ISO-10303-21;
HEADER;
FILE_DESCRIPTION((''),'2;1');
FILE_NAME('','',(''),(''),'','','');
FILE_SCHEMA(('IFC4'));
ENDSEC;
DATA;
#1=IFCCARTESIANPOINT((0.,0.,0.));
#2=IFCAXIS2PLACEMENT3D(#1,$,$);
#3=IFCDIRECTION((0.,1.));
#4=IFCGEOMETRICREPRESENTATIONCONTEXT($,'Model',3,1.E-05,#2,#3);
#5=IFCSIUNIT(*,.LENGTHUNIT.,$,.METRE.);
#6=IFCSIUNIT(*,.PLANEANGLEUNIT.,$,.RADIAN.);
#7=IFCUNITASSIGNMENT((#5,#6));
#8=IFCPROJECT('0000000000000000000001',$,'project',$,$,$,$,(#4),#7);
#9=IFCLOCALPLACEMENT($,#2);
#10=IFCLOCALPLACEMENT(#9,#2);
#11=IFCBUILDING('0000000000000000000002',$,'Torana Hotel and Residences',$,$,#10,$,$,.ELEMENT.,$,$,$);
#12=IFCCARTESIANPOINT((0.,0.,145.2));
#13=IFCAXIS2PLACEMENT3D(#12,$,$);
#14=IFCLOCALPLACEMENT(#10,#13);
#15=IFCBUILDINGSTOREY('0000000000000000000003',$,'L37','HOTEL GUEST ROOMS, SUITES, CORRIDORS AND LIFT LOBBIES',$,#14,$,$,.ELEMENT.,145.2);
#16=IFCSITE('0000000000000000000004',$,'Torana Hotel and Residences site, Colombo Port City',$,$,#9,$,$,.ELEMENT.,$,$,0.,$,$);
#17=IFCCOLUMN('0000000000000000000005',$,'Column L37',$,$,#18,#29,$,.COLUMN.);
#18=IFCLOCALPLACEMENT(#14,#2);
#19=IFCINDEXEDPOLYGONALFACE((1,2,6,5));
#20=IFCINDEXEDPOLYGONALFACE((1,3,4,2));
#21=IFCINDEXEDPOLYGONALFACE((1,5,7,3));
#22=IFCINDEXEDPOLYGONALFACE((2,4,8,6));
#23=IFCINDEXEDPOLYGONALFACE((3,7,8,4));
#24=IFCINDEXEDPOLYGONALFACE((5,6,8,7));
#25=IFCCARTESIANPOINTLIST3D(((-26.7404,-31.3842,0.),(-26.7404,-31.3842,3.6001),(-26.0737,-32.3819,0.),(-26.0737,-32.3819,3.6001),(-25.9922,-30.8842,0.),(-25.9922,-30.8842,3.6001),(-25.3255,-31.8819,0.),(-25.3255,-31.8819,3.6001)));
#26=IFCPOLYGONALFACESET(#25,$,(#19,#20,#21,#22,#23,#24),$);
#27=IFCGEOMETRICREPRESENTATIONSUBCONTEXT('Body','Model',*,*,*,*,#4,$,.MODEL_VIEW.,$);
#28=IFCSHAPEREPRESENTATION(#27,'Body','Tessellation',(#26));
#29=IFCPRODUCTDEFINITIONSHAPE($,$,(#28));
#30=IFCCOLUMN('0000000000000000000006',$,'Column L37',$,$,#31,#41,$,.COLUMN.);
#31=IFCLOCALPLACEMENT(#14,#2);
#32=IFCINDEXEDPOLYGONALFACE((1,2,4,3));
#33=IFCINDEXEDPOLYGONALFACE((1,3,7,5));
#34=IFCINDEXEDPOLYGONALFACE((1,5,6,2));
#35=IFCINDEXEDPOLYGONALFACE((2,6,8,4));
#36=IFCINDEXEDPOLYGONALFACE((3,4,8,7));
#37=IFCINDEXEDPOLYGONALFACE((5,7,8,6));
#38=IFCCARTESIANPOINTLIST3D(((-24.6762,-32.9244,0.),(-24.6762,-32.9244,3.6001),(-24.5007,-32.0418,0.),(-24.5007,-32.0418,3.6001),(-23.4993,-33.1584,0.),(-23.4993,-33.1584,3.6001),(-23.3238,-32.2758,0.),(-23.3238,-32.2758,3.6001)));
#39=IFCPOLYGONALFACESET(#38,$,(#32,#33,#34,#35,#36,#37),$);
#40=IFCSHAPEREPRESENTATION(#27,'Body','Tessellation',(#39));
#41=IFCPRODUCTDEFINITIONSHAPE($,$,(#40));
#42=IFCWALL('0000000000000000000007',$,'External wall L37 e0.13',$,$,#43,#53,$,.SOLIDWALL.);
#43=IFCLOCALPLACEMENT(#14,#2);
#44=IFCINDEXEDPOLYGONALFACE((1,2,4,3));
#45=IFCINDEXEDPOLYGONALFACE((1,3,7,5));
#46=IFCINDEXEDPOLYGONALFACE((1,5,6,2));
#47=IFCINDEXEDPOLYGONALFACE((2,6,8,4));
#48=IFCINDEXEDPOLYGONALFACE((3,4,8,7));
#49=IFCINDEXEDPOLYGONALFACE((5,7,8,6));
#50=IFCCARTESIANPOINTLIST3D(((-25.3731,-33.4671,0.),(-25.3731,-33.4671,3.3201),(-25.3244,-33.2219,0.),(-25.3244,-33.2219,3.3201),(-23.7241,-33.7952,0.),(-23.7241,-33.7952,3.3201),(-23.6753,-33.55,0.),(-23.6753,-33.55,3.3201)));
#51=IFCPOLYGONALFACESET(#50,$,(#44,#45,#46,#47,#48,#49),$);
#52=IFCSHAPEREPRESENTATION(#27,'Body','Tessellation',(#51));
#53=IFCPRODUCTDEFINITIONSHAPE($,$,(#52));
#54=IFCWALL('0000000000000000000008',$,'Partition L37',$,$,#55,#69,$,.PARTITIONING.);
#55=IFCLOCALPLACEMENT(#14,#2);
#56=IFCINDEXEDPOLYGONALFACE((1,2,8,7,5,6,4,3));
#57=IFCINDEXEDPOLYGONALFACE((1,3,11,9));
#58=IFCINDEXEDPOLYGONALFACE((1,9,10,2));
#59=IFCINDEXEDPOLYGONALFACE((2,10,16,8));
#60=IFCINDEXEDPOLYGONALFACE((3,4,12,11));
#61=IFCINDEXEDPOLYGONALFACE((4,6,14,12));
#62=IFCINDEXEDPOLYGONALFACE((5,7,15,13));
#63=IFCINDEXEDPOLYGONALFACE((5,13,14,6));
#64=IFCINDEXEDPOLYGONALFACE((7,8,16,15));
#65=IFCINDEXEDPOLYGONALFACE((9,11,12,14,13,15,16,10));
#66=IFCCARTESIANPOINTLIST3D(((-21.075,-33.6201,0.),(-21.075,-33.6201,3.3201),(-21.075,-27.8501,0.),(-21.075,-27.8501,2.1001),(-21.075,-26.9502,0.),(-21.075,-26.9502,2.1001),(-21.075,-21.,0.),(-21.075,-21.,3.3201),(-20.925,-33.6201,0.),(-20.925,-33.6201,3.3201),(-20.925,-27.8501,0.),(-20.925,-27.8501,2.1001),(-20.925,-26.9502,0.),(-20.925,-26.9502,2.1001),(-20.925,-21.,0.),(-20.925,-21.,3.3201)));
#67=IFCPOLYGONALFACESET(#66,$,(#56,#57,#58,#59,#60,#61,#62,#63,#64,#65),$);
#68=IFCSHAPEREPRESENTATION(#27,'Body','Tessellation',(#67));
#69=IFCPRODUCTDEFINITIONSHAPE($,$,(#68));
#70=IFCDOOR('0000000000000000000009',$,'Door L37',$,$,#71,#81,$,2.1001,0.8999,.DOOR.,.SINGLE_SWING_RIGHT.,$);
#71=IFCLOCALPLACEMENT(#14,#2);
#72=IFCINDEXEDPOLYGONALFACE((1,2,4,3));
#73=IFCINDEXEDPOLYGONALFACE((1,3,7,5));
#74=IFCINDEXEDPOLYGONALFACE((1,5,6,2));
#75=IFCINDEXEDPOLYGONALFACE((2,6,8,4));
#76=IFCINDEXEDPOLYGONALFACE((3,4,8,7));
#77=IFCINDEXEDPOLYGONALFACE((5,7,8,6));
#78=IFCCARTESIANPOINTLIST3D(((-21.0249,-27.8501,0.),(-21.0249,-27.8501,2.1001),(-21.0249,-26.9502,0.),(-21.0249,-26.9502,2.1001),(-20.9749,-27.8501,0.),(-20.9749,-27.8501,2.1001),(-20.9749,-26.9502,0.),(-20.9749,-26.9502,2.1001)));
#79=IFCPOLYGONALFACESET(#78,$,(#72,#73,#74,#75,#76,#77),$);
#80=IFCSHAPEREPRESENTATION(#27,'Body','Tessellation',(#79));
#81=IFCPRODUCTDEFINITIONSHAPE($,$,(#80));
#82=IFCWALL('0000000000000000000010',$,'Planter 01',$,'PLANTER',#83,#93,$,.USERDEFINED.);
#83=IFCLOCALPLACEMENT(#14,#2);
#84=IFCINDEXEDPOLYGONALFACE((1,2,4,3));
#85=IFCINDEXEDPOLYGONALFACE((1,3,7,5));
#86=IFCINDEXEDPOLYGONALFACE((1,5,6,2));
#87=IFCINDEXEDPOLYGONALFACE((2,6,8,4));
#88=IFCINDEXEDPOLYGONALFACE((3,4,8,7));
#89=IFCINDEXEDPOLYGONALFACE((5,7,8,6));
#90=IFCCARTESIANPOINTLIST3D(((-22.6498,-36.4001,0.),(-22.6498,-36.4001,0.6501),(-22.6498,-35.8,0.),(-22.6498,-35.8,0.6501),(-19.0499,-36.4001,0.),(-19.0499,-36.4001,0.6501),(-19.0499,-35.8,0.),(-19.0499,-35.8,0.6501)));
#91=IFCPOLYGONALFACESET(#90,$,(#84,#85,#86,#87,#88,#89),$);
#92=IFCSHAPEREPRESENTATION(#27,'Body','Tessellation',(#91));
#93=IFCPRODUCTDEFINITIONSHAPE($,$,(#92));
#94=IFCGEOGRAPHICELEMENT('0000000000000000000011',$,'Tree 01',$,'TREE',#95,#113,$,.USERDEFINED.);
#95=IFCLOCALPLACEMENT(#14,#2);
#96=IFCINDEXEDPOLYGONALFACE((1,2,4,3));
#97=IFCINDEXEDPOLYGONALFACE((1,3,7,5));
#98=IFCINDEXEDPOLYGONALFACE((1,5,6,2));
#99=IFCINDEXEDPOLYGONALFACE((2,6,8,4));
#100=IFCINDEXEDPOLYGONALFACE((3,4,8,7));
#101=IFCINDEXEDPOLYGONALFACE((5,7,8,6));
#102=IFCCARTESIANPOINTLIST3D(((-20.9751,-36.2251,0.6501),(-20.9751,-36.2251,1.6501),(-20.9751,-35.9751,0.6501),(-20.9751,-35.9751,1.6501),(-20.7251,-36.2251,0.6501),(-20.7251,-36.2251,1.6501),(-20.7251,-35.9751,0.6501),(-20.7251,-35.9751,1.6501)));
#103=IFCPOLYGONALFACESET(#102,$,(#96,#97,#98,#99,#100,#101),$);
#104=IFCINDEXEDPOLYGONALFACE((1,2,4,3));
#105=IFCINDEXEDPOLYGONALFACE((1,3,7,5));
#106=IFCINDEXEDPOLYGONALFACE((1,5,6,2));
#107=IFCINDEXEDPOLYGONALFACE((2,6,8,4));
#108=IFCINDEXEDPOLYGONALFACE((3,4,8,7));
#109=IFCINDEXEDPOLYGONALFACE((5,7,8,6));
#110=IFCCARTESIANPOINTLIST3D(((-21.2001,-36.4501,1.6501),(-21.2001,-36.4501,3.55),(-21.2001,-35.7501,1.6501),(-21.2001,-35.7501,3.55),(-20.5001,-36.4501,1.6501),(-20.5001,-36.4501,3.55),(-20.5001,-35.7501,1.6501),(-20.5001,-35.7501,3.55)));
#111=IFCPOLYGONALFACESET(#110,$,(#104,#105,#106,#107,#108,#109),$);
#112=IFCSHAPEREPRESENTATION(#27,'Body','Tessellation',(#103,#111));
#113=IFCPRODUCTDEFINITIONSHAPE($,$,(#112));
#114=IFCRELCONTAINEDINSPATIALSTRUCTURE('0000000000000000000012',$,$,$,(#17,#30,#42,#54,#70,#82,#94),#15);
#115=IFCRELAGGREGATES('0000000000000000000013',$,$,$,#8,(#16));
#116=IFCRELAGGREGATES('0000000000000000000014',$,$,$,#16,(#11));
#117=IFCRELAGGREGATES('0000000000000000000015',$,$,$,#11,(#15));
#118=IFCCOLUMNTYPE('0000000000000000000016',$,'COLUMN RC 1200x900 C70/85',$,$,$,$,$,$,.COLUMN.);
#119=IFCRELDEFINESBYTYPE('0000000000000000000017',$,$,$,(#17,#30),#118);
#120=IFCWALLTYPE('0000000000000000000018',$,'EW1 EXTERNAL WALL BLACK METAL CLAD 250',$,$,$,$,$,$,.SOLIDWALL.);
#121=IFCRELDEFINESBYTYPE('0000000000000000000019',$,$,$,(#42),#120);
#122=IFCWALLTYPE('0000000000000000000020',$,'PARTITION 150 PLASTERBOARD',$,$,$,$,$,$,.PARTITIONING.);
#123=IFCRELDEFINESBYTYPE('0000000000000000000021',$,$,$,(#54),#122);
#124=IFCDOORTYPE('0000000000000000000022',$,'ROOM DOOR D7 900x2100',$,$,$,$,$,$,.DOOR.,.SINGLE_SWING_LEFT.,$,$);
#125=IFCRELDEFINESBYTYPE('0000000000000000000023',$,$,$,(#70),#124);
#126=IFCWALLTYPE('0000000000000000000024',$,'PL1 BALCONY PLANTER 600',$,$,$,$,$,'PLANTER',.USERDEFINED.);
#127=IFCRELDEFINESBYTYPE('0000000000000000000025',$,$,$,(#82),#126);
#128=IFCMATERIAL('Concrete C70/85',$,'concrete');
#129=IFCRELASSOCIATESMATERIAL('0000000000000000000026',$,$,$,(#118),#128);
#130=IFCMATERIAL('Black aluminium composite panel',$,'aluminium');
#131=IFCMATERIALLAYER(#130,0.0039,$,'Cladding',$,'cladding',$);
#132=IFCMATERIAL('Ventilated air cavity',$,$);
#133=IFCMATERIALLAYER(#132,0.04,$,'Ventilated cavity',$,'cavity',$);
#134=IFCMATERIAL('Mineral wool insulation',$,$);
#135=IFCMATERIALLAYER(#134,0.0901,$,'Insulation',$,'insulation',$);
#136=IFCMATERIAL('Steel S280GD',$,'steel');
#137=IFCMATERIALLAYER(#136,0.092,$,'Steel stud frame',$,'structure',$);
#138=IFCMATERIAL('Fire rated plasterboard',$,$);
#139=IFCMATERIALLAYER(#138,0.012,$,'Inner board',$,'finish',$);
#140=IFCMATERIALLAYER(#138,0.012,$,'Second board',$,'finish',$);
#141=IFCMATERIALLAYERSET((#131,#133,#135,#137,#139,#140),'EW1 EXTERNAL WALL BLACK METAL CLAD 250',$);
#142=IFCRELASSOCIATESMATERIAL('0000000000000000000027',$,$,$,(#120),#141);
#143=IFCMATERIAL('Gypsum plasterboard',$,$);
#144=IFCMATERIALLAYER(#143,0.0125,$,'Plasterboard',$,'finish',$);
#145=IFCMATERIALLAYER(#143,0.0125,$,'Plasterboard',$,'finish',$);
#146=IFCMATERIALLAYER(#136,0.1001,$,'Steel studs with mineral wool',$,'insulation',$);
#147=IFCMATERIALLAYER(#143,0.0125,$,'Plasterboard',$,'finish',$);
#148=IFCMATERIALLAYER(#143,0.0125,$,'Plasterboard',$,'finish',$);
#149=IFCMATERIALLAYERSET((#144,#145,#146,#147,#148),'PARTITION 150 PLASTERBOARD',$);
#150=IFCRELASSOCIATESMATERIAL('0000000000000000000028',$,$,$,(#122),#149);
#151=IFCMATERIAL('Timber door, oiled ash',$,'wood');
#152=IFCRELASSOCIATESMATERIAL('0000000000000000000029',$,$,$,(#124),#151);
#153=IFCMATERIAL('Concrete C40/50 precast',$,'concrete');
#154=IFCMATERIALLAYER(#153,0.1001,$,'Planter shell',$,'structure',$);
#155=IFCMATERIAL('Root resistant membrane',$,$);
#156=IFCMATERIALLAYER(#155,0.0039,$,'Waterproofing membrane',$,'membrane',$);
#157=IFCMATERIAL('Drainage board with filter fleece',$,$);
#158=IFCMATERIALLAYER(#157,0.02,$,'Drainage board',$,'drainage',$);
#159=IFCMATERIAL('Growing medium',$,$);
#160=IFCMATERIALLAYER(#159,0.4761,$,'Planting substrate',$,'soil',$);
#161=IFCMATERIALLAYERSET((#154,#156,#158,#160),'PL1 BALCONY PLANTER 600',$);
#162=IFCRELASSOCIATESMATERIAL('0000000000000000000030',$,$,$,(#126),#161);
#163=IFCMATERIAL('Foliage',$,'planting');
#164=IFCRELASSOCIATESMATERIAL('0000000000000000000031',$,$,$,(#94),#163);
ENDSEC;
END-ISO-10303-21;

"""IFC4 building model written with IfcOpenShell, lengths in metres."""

from ifc_helpers import new_model, si_unit, direction, frame, frame_2d, origin, origin_2d, place, context, subcontext, project, spatial, rectangle, extrude, material, layer, layer_set, material_profile, profile_set, type_object, element, fill, save


model = new_model("IFC4")

# Units and contexts
model_context = context("Model", 3, precision=1e-05, world=origin(), true_north=direction((0.0, 1.0)))
body_context = subcontext(model_context, "Body", "Model", "MODEL_VIEW")
ifc_project = project(units=[si_unit("LENGTHUNIT", "METRE"), si_unit("PLANEANGLEUNIT", "RADIAN")], contexts=[model_context])

# Site, building, storey
site_placement = place(None, origin())
site = spatial("IfcSite", under=ifc_project, at=site_placement, Name="Torana Hotel and Residences site, Colombo Port City", CompositionType="ELEMENT", RefElevation=0.0)
building_placement = place(site_placement, origin())
building = spatial("IfcBuilding", under=site, at=building_placement, Name="Torana Hotel and Residences", CompositionType="ELEMENT")
storey_placement = place(building_placement, frame((0.0, 0.0, 145.2)))
storey = spatial("IfcBuildingStorey", under=building, at=storey_placement, Name="L37", Description="HOTEL GUEST ROOMS, SUITES, CORRIDORS AND LIFT LOBBIES", CompositionType="ELEMENT", Elevation=145.2)

# Columns
ifc_material_1 = material(Name="Concrete C70/85", Category="concrete")
ifc_material_profile = material_profile(ifc_material_1, rectangle(XDim=1.2, YDim=0.8999, at=origin_2d()), Name="RC 1200x900")
ifc_profile_set = profile_set([ifc_material_profile], Name="Concrete C70/85")
column_type = type_object("IfcColumnType", Name="COLUMN RC 1200x900 C70/85", PredefinedType="COLUMN", material=ifc_profile_set)
for number, where, z_axis, x_axis, name in (
    (1, (-26.033, -31.6331, 0.0), (0.0, 0.0, 1.0), (-0.555585, 0.83146, 0.0), "Column L37"),
    (2, (-24.0, -32.6001, 0.0), (0.0, 0.0, 1.0), (-0.980792, 0.195056, 0.0), "Column L37"),
):
    element("IfcColumn", number, at=place(storey_placement, frame(where, z_axis=z_axis, x_axis=x_axis)), inside=storey, type_object=column_type, Name=name, PredefinedType="COLUMN", context=body_context, shape_type="SweptSolid", body=[
        extrude(rectangle(XDim=1.2, YDim=0.8999, at=origin_2d()), origin(), (0.0, 0.0, 1.0), 3.6001),
    ])

# Wall
ifc_material_2 = material(Name="Black aluminium composite panel", Category="aluminium")
ifc_layer_1 = layer(ifc_material_2, 0.0039, Name="Cladding", Category="cladding")
ifc_material_3 = material(Name="Ventilated air cavity")
ifc_layer_2 = layer(ifc_material_3, 0.04, Name="Ventilated cavity", Category="cavity")
ifc_material_4 = material(Name="Mineral wool insulation")
ifc_layer_3 = layer(ifc_material_4, 0.0901, Name="Insulation", Category="insulation")
ifc_material_5 = material(Name="Steel S280GD", Category="steel")
ifc_layer_4 = layer(ifc_material_5, 0.092, Name="Steel stud frame", Category="structure")
ifc_material_6 = material(Name="Fire rated plasterboard")
ifc_layer_5 = layer(ifc_material_6, 0.012, Name="Inner board", Category="finish")
ifc_layer_6 = layer(ifc_material_6, 0.012, Name="Second board", Category="finish")
ifc_layer_set_1 = layer_set([ifc_layer_1, ifc_layer_2, ifc_layer_3, ifc_layer_4, ifc_layer_5, ifc_layer_6], Name="EW1 EXTERNAL WALL BLACK METAL CLAD 250")
wall_type_1 = type_object("IfcWallType", Name="EW1 EXTERNAL WALL BLACK METAL CLAD 250", PredefinedType="SOLIDWALL", material=ifc_layer_set_1)
wall_1_placement = place(storey_placement, frame((-25.3489, -33.3445, 0.0), z_axis=(0.0, 0.0, 1.0), x_axis=(0.980776, -0.195139, 0.0)))
element("IfcWall", 3, at=wall_1_placement, inside=storey, type_object=wall_type_1, Name="External wall L37 e0.13", PredefinedType="SOLIDWALL", context=body_context, shape_type="SweptSolid", body=[
    extrude(rectangle(XDim=1.6814, YDim=0.25, at=frame_2d((0.8408, 0.0))), origin(), (0.0, 0.0, 1.0), 3.3201),
])

# Wall, opening, door
ifc_material_7 = material(Name="Gypsum plasterboard")
ifc_layer_7 = layer(ifc_material_7, 0.0125, Name="Plasterboard", Category="finish")
ifc_layer_8 = layer(ifc_material_7, 0.0125, Name="Plasterboard", Category="finish")
ifc_layer_9 = layer(ifc_material_5, 0.1001, Name="Steel studs with mineral wool", Category="insulation")
ifc_layer_10 = layer(ifc_material_7, 0.0125, Name="Plasterboard", Category="finish")
ifc_layer_11 = layer(ifc_material_7, 0.0125, Name="Plasterboard", Category="finish")
ifc_layer_set_2 = layer_set([ifc_layer_7, ifc_layer_8, ifc_layer_9, ifc_layer_10, ifc_layer_11], Name="PARTITION 150 PLASTERBOARD")
wall_type_2 = type_object("IfcWallType", Name="PARTITION 150 PLASTERBOARD", PredefinedType="PARTITIONING", material=ifc_layer_set_2)
wall_2_placement = place(storey_placement, frame((-21.0, -33.6201, 0.0), z_axis=(0.0, 0.0, 1.0), x_axis=(0.0, 1.0, 0.0)))
wall_2 = element("IfcWall", 4, at=wall_2_placement, inside=storey, type_object=wall_type_2, Name="Partition L37", PredefinedType="PARTITIONING", context=body_context, shape_type="SweptSolid", body=[
    extrude(rectangle(XDim=12.6201, YDim=0.1499, at=frame_2d((6.3101, 0.0))), origin(), (0.0, 0.0, 1.0), 3.3201),
])
opening_1_placement = place(wall_2_placement, frame((5.77, 0.0, 0.0)))
opening_1 = element("IfcOpeningElement", 5, at=opening_1_placement, cuts=wall_2, PredefinedType="OPENING", context=body_context, shape_type="SweptSolid", body=[
    extrude(rectangle(XDim=0.8999, YDim=2.1001, at=frame_2d((0.45, 1.05))), frame((0.0, 0.085, 0.0), z_axis=(0.0, -1.0, 0.0), x_axis=(1.0, 0.0, 0.0)), (0.0, 0.0, 1.0), 0.1699),
])
ifc_material_8 = material(Name="Timber door, oiled ash", Category="wood")
door_type_1 = type_object("IfcDoorType", Name="ROOM DOOR D7 900x2100", OperationType="SINGLE_SWING_LEFT", PredefinedType="DOOR", material=ifc_material_8)
door_1_placement = place(opening_1_placement, origin())
door_1 = element("IfcDoor", 6, at=door_1_placement, inside=storey, type_object=door_type_1, Name="Door L37", OperationType="SINGLE_SWING_RIGHT", OverallHeight=2.1001, OverallWidth=0.8999, PredefinedType="DOOR", context=body_context, shape_type="SweptSolid", body=[
    extrude(rectangle(XDim=0.8999, YDim=2.1001, at=frame_2d((0.45, 1.05))), frame((0.0, 0.0249, 0.0), z_axis=(0.0, -1.0, 0.0), x_axis=(1.0, 0.0, 0.0)), (0.0, 0.0, 1.0), 0.05),
])
fill(opening_1, door_1)

# Wall
ifc_material_9 = material(Name="Concrete C40/50 precast", Category="concrete")
ifc_layer_12 = layer(ifc_material_9, 0.1001, Name="Planter shell", Category="structure")
ifc_material_10 = material(Name="Root resistant membrane")
ifc_layer_13 = layer(ifc_material_10, 0.0039, Name="Waterproofing membrane", Category="membrane")
ifc_material_11 = material(Name="Drainage board with filter fleece")
ifc_layer_14 = layer(ifc_material_11, 0.02, Name="Drainage board", Category="drainage")
ifc_material_12 = material(Name="Growing medium")
ifc_layer_15 = layer(ifc_material_12, 0.4761, Name="Planting substrate", Category="soil")
ifc_layer_set_3 = layer_set([ifc_layer_12, ifc_layer_13, ifc_layer_14, ifc_layer_15], Name="PL1 BALCONY PLANTER 600")
wall_type_3 = type_object("IfcWallType", Name="PL1 BALCONY PLANTER 600", ElementType="PLANTER", PredefinedType="USERDEFINED", material=ifc_layer_set_3)
wall_3_placement = place(storey_placement, frame((-19.05, -36.1001, 0.0), z_axis=(0.0, 0.0, 1.0), x_axis=(-1.0, 0.0, 0.0)))
element("IfcWall", 7, at=wall_3_placement, inside=storey, type_object=wall_type_3, Name="Planter 01", ObjectType="PLANTER", PredefinedType="USERDEFINED", context=body_context, shape_type="SweptSolid", body=[
    extrude(rectangle(XDim=3.5999, YDim=0.6001, at=frame_2d((1.7998, 0.0))), origin(), (0.0, 0.0, 1.0), 0.6501),
])

# Geographic element
ifc_material_13 = material(Name="Foliage", Category="planting")
geographic_element_placement = place(storey_placement, frame((-20.8501, -36.1001, 0.6501), z_axis=(0.0, 0.0, 1.0), x_axis=(1.0, 0.0, 0.0)))
element("IfcGeographicElement", 8, at=geographic_element_placement, inside=storey, material=ifc_material_13, Name="Tree 01", ObjectType="TREE", PredefinedType="USERDEFINED", context=body_context, shape_type="SweptSolid", body=[
    extrude(rectangle(XDim=0.25, YDim=0.25, at=origin_2d()), origin(), (0.0, 0.0, 1.0), 1.0),
    extrude(rectangle(XDim=0.7, YDim=0.7, at=origin_2d()), frame((0.0, 0.0, 1.0)), (0.0, 0.0, 1.0), 1.8999),
])

save(model, "model.ifc")
